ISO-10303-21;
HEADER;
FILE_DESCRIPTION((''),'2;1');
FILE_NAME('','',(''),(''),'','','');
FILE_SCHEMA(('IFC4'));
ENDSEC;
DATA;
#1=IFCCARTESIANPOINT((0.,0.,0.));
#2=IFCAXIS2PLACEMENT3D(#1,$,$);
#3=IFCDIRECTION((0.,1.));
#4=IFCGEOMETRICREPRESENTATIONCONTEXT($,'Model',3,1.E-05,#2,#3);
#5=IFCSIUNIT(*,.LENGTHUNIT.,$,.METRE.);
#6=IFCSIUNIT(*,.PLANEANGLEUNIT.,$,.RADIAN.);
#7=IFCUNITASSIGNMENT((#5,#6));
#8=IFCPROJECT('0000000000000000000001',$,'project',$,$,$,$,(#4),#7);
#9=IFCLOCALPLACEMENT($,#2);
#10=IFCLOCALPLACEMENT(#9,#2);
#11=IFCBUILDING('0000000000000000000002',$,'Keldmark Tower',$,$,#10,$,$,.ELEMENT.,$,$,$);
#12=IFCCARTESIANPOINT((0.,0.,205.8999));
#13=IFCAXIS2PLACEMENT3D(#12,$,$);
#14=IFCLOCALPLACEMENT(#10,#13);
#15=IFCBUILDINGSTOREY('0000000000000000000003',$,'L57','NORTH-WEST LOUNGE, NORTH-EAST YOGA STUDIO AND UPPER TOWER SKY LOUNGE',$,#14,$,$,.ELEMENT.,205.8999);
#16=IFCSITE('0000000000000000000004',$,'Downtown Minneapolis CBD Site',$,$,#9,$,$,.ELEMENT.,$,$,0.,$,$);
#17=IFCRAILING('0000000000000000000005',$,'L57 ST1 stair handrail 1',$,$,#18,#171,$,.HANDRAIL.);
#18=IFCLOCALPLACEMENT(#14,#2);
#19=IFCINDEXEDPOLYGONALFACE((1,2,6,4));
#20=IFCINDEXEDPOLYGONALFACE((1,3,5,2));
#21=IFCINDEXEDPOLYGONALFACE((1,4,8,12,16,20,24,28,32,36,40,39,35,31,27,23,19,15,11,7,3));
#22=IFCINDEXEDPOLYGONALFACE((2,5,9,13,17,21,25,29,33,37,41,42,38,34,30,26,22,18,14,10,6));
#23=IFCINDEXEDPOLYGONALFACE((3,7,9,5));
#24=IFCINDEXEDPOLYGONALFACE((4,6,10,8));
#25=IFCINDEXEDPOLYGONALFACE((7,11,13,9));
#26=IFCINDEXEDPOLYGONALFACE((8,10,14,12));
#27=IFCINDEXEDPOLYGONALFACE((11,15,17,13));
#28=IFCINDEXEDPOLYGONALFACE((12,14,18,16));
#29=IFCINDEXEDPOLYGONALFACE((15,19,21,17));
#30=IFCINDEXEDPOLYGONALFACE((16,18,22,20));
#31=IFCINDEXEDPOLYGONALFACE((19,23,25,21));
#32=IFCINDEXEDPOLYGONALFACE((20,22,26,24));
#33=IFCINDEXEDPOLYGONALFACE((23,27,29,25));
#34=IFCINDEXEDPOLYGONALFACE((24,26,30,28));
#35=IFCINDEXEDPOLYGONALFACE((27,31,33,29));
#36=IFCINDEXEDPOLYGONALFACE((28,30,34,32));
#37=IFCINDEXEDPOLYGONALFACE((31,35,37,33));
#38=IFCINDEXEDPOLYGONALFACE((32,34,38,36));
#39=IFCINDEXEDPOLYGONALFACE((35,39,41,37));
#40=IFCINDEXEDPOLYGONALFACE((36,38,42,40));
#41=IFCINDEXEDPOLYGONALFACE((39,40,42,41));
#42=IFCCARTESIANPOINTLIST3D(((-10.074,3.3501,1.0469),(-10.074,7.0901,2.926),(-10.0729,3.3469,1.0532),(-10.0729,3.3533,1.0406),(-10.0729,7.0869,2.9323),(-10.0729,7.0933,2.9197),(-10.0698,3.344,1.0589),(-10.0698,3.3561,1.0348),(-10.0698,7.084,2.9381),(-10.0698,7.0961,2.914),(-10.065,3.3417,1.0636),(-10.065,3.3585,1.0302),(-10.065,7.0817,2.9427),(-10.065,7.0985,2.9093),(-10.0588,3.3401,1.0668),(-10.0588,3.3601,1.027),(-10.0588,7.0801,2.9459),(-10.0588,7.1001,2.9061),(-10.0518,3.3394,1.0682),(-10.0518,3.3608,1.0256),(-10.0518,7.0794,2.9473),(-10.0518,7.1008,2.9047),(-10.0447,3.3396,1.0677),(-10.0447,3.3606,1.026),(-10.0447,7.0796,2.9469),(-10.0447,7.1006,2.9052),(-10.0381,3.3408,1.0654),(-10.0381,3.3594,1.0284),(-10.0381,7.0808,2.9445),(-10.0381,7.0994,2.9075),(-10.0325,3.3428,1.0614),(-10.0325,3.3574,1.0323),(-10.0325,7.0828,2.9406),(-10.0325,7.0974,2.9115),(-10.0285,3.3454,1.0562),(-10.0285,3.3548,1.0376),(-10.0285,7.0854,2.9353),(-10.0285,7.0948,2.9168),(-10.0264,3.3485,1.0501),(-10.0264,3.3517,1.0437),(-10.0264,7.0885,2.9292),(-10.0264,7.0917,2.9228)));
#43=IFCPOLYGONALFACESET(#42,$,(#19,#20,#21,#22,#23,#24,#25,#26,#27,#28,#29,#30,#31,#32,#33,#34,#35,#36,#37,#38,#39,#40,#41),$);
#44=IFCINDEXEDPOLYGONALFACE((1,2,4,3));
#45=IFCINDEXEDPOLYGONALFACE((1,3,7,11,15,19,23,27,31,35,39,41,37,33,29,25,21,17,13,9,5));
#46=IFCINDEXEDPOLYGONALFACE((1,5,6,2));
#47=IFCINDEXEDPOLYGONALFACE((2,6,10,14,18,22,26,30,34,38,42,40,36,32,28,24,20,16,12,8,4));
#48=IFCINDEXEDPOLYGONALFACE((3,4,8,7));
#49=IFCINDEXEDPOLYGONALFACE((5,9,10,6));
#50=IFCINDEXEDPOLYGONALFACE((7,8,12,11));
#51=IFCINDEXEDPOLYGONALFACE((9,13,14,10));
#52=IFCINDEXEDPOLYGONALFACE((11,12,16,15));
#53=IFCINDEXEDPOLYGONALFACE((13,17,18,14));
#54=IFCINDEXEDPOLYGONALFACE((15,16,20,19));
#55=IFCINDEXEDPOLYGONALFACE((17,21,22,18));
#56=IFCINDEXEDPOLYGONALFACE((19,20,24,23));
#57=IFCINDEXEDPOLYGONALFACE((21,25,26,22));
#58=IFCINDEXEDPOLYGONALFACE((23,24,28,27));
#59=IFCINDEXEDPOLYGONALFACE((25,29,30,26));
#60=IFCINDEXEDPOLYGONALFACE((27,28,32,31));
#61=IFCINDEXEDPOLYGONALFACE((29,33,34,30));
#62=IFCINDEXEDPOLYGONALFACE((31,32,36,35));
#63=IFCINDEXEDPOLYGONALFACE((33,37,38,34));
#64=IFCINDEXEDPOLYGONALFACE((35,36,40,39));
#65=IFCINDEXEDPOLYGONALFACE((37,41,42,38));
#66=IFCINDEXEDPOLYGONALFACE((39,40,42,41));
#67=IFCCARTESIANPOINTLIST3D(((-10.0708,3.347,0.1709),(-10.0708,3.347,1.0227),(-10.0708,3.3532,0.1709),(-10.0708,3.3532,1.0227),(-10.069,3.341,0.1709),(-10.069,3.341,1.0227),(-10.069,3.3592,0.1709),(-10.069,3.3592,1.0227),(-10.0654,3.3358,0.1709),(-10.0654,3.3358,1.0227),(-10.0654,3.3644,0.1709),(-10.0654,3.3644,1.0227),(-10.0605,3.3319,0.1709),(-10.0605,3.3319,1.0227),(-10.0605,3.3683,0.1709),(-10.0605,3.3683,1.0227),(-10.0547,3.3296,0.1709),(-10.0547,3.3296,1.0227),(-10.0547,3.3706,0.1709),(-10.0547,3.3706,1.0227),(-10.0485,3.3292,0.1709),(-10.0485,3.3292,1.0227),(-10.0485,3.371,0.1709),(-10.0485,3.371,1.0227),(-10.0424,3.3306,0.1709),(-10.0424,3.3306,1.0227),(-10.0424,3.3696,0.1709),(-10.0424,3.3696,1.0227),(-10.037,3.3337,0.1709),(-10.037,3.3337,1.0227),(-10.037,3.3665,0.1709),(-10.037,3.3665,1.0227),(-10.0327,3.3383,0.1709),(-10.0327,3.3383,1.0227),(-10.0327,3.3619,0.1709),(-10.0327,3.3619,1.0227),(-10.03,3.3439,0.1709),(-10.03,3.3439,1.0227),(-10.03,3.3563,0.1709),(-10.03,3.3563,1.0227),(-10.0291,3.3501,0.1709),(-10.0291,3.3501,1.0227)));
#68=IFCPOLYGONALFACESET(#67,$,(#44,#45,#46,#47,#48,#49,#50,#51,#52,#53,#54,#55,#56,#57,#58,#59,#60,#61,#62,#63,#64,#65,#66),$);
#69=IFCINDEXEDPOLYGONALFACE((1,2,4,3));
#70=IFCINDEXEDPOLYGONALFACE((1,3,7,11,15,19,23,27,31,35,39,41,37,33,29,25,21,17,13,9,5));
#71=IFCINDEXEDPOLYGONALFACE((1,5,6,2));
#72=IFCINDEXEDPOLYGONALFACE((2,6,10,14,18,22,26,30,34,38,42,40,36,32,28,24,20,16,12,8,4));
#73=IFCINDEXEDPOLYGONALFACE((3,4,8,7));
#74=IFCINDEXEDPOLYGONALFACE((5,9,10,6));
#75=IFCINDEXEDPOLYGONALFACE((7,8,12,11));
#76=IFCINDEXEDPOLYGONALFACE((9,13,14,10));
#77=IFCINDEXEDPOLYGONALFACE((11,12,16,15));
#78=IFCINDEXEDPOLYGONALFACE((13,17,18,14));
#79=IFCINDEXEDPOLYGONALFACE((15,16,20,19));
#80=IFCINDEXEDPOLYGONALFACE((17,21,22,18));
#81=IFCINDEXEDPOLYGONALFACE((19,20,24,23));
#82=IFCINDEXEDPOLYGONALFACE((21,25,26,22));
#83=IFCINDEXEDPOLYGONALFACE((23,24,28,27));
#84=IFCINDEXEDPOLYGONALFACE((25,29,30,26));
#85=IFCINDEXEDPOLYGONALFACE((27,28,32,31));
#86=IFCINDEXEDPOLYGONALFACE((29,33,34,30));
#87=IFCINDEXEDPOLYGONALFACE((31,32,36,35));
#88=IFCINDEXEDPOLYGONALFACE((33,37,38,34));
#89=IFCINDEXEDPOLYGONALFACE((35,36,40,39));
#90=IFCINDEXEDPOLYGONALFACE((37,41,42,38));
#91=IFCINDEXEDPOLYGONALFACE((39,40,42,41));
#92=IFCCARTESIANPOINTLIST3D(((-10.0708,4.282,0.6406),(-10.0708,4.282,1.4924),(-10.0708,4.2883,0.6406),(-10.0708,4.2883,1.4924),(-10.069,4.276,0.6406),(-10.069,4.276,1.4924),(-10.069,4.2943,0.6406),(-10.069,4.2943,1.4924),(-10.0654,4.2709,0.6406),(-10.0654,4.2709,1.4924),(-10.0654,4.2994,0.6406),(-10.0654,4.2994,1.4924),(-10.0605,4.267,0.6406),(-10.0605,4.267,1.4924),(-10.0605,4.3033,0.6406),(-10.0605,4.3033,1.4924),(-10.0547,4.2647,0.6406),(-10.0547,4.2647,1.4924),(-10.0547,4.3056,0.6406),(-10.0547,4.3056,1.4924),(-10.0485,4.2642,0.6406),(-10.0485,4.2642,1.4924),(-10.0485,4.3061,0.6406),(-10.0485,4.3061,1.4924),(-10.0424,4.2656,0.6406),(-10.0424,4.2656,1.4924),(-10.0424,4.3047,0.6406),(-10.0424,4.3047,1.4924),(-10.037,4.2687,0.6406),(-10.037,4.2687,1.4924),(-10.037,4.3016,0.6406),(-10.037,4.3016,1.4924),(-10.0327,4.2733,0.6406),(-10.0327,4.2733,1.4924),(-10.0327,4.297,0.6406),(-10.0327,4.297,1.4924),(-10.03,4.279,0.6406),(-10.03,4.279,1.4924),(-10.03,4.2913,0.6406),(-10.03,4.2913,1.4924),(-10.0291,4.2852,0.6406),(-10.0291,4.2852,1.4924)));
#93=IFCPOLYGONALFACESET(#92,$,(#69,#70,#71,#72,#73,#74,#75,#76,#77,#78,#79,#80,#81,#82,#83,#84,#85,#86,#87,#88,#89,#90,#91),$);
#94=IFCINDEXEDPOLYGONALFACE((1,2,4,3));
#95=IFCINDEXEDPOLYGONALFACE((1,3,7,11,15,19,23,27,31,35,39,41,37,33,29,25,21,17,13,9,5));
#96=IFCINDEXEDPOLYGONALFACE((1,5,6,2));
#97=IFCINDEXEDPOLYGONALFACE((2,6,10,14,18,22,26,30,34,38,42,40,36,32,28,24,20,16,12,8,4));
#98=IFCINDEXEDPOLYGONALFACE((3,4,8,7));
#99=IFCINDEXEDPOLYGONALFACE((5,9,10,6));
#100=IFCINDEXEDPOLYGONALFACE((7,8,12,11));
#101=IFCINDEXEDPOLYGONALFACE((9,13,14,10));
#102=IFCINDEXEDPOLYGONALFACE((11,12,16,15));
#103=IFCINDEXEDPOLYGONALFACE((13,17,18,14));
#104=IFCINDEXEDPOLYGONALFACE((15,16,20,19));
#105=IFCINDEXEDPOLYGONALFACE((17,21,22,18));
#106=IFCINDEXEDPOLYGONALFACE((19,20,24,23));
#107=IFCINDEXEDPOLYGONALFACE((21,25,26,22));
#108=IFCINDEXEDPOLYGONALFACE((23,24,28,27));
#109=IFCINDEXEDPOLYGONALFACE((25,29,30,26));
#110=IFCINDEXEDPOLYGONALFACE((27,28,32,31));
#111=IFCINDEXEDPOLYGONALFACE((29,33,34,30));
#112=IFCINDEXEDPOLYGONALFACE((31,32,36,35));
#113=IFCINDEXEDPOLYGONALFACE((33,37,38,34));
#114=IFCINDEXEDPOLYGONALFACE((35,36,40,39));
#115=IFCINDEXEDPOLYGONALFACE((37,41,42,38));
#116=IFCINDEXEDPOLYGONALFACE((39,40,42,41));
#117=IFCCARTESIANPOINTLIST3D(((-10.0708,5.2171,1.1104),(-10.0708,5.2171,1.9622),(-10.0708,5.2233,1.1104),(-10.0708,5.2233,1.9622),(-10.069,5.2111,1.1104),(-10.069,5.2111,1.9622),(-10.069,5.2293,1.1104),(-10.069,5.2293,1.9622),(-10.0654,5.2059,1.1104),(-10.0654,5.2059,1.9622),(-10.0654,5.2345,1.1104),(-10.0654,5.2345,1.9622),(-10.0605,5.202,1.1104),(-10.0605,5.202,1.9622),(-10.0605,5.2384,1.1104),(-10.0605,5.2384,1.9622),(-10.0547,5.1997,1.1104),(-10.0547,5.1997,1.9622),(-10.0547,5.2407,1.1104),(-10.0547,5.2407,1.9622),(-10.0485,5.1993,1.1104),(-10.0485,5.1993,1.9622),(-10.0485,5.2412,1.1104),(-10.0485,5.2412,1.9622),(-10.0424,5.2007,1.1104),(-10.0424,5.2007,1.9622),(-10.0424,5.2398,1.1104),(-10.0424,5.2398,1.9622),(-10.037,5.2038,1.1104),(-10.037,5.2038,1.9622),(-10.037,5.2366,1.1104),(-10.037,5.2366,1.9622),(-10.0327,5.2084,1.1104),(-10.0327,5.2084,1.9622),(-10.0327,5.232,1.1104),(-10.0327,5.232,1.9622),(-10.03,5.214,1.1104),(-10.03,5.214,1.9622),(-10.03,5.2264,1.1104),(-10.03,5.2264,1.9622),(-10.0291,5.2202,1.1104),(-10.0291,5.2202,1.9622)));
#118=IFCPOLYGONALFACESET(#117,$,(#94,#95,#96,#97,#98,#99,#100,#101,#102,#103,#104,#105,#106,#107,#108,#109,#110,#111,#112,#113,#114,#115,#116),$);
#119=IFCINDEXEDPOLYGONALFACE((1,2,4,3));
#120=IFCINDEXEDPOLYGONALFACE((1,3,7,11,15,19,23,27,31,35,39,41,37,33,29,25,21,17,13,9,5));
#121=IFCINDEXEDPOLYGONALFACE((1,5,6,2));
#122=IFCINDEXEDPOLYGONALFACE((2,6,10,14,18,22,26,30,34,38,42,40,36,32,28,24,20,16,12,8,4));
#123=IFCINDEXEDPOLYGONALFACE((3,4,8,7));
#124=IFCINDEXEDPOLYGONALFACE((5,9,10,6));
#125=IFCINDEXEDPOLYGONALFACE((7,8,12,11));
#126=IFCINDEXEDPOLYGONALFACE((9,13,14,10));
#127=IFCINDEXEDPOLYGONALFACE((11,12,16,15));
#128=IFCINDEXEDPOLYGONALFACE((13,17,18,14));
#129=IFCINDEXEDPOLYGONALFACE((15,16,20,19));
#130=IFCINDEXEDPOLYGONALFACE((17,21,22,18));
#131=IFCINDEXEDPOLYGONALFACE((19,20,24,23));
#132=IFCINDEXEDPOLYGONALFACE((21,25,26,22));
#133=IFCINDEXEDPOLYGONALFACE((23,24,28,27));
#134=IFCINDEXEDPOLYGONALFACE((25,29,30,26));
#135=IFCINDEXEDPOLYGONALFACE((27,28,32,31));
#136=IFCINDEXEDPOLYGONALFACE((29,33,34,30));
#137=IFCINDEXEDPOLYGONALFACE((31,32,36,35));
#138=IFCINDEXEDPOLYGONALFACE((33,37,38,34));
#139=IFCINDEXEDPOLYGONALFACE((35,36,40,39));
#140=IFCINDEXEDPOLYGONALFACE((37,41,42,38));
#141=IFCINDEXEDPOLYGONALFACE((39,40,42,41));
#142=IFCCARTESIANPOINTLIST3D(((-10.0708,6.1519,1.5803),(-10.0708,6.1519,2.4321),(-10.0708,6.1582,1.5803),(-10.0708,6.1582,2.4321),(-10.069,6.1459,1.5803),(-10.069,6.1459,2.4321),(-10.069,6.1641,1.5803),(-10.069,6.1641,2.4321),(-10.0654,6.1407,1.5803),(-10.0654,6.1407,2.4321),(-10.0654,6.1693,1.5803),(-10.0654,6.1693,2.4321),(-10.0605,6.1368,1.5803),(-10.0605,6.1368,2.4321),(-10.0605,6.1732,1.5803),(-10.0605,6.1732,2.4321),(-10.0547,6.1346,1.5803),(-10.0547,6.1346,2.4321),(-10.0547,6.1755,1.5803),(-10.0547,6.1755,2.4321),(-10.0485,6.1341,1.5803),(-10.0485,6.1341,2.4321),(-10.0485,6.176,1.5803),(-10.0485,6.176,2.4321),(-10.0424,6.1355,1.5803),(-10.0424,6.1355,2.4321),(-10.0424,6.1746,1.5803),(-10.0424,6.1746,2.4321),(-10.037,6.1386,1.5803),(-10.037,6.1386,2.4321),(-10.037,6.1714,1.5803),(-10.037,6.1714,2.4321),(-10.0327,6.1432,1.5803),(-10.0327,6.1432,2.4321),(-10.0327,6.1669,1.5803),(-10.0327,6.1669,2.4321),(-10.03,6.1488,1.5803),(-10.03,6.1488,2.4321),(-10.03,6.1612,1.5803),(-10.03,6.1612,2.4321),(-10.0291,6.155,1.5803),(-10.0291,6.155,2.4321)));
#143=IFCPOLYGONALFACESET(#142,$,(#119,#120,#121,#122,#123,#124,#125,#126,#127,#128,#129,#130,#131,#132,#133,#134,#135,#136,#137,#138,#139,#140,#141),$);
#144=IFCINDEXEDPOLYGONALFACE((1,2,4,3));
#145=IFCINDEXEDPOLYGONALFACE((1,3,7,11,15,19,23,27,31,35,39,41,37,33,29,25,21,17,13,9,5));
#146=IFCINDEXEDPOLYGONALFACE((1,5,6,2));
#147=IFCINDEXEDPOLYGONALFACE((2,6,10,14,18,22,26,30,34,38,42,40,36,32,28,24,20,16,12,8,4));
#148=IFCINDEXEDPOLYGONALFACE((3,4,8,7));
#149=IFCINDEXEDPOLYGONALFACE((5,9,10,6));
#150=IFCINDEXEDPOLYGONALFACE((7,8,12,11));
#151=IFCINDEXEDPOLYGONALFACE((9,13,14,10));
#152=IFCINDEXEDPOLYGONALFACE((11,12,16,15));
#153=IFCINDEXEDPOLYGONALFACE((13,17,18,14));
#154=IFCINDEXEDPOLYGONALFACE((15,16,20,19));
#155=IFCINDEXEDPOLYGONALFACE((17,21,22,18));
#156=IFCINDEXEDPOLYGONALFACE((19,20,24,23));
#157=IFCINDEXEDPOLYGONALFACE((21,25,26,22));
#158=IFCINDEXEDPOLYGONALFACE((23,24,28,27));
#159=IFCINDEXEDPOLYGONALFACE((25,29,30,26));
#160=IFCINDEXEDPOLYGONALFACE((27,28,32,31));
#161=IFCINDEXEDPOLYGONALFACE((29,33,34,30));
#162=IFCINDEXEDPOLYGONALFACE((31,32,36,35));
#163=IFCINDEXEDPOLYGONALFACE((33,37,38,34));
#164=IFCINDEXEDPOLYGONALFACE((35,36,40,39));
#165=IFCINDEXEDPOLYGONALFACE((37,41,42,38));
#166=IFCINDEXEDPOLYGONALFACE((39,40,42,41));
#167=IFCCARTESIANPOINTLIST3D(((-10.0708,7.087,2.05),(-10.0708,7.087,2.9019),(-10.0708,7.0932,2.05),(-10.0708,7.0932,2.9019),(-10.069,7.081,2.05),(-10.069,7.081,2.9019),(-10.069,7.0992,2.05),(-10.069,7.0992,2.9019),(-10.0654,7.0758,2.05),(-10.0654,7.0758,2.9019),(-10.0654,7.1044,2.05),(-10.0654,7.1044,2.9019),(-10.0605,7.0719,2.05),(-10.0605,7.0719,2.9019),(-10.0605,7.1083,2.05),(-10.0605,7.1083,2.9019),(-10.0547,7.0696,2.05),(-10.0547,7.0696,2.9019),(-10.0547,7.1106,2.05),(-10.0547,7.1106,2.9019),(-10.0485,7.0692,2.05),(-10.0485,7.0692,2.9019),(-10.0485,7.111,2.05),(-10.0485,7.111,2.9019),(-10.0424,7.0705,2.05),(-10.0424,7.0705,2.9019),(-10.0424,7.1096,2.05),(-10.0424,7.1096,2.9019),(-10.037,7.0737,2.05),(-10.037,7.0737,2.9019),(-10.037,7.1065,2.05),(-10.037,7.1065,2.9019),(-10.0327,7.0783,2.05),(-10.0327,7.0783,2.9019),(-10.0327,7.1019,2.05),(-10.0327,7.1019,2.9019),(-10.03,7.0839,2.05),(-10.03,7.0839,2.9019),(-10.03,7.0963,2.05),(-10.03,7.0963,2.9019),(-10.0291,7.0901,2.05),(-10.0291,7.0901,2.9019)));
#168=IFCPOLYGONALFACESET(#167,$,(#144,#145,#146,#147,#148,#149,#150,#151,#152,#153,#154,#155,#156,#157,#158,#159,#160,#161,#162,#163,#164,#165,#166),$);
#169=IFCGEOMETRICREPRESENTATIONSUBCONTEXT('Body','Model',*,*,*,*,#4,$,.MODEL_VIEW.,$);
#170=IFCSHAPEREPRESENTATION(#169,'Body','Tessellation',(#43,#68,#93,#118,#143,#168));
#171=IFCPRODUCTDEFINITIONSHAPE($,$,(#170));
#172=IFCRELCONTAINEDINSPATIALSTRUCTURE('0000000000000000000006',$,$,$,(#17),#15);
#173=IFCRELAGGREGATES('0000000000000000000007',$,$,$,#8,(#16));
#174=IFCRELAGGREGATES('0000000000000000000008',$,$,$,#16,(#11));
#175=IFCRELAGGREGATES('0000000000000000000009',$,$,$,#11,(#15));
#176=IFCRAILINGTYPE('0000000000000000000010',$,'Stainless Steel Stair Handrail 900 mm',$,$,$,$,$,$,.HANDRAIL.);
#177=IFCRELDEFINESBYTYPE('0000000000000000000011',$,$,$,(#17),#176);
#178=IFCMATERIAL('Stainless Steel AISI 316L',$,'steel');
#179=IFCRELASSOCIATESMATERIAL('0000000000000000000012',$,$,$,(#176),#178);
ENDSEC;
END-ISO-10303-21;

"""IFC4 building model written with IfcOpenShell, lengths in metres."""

from ifc_helpers import new_model, si_unit, direction, frame, origin, origin_2d, place, context, subcontext, project, spatial, circle, extrude, material, type_object, element, save


model = new_model("IFC4")

# Units and contexts
model_context = context("Model", 3, precision=1e-05, world=origin(), true_north=direction((0.0, 1.0)))
body_context = subcontext(model_context, "Body", "Model", "MODEL_VIEW")
ifc_project = project(units=[si_unit("LENGTHUNIT", "METRE"), si_unit("PLANEANGLEUNIT", "RADIAN")], contexts=[model_context])

# Site, building, storey
site_placement = place(None, origin())
site = spatial("IfcSite", under=ifc_project, at=site_placement, Name="Downtown Minneapolis CBD Site", CompositionType="ELEMENT", RefElevation=0.0)
building_placement = place(site_placement, origin())
building = spatial("IfcBuilding", under=site, at=building_placement, Name="Keldmark Tower", CompositionType="ELEMENT")
storey_placement = place(building_placement, frame((0.0, 0.0, 205.8999)))
storey = spatial("IfcBuildingStorey", under=building, at=storey_placement, Name="L57", Description="NORTH-WEST LOUNGE, NORTH-EAST YOGA STUDIO AND UPPER TOWER SKY LOUNGE", CompositionType="ELEMENT", Elevation=205.8999)

# Railing
ifc_material_1 = material(Name="Stainless Steel AISI 316L", Category="steel")
railing_type_1 = type_object("IfcRailingType", Name="Stainless Steel Stair Handrail 900 mm", PredefinedType="HANDRAIL", material=ifc_material_1)
railing_1_placement = place(storey_placement, frame((-10.05, 3.3501, 0.1709)))
element("IfcRailing", 1, at=railing_1_placement, inside=storey, type_object=railing_type_1, Name="L57 ST1 stair handrail 1", PredefinedType="HANDRAIL", context=body_context, shape_type="SweptSolid", body=[
    extrude(circle(Radius=0.0239, at=origin_2d()), frame((0.0, 0.0, 0.876), z_axis=(0.0, 0.893551, 0.448963), x_axis=(-1.0, 0.0, 0.0)), (0.0, 0.0, 1.0), 4.1855),
    extrude(circle(Radius=0.021, at=origin_2d()), origin(), (0.0, 0.0, 1.0), 0.8518),
    extrude(circle(Radius=0.021, at=origin_2d()), frame((0.0, 0.9351, 0.4697)), (0.0, 0.0, 1.0), 0.8518),
    extrude(circle(Radius=0.021, at=origin_2d()), frame((0.0, 1.8701, 0.9395)), (0.0, 0.0, 1.0), 0.8518),
    extrude(circle(Radius=0.021, at=origin_2d()), frame((0.0, 2.8049, 1.4094)), (0.0, 0.0, 1.0), 0.8518),
    extrude(circle(Radius=0.021, at=origin_2d()), frame((0.0, 3.74, 1.8792)), (0.0, 0.0, 1.0), 0.8518),
])

save(model, "model.ifc")
